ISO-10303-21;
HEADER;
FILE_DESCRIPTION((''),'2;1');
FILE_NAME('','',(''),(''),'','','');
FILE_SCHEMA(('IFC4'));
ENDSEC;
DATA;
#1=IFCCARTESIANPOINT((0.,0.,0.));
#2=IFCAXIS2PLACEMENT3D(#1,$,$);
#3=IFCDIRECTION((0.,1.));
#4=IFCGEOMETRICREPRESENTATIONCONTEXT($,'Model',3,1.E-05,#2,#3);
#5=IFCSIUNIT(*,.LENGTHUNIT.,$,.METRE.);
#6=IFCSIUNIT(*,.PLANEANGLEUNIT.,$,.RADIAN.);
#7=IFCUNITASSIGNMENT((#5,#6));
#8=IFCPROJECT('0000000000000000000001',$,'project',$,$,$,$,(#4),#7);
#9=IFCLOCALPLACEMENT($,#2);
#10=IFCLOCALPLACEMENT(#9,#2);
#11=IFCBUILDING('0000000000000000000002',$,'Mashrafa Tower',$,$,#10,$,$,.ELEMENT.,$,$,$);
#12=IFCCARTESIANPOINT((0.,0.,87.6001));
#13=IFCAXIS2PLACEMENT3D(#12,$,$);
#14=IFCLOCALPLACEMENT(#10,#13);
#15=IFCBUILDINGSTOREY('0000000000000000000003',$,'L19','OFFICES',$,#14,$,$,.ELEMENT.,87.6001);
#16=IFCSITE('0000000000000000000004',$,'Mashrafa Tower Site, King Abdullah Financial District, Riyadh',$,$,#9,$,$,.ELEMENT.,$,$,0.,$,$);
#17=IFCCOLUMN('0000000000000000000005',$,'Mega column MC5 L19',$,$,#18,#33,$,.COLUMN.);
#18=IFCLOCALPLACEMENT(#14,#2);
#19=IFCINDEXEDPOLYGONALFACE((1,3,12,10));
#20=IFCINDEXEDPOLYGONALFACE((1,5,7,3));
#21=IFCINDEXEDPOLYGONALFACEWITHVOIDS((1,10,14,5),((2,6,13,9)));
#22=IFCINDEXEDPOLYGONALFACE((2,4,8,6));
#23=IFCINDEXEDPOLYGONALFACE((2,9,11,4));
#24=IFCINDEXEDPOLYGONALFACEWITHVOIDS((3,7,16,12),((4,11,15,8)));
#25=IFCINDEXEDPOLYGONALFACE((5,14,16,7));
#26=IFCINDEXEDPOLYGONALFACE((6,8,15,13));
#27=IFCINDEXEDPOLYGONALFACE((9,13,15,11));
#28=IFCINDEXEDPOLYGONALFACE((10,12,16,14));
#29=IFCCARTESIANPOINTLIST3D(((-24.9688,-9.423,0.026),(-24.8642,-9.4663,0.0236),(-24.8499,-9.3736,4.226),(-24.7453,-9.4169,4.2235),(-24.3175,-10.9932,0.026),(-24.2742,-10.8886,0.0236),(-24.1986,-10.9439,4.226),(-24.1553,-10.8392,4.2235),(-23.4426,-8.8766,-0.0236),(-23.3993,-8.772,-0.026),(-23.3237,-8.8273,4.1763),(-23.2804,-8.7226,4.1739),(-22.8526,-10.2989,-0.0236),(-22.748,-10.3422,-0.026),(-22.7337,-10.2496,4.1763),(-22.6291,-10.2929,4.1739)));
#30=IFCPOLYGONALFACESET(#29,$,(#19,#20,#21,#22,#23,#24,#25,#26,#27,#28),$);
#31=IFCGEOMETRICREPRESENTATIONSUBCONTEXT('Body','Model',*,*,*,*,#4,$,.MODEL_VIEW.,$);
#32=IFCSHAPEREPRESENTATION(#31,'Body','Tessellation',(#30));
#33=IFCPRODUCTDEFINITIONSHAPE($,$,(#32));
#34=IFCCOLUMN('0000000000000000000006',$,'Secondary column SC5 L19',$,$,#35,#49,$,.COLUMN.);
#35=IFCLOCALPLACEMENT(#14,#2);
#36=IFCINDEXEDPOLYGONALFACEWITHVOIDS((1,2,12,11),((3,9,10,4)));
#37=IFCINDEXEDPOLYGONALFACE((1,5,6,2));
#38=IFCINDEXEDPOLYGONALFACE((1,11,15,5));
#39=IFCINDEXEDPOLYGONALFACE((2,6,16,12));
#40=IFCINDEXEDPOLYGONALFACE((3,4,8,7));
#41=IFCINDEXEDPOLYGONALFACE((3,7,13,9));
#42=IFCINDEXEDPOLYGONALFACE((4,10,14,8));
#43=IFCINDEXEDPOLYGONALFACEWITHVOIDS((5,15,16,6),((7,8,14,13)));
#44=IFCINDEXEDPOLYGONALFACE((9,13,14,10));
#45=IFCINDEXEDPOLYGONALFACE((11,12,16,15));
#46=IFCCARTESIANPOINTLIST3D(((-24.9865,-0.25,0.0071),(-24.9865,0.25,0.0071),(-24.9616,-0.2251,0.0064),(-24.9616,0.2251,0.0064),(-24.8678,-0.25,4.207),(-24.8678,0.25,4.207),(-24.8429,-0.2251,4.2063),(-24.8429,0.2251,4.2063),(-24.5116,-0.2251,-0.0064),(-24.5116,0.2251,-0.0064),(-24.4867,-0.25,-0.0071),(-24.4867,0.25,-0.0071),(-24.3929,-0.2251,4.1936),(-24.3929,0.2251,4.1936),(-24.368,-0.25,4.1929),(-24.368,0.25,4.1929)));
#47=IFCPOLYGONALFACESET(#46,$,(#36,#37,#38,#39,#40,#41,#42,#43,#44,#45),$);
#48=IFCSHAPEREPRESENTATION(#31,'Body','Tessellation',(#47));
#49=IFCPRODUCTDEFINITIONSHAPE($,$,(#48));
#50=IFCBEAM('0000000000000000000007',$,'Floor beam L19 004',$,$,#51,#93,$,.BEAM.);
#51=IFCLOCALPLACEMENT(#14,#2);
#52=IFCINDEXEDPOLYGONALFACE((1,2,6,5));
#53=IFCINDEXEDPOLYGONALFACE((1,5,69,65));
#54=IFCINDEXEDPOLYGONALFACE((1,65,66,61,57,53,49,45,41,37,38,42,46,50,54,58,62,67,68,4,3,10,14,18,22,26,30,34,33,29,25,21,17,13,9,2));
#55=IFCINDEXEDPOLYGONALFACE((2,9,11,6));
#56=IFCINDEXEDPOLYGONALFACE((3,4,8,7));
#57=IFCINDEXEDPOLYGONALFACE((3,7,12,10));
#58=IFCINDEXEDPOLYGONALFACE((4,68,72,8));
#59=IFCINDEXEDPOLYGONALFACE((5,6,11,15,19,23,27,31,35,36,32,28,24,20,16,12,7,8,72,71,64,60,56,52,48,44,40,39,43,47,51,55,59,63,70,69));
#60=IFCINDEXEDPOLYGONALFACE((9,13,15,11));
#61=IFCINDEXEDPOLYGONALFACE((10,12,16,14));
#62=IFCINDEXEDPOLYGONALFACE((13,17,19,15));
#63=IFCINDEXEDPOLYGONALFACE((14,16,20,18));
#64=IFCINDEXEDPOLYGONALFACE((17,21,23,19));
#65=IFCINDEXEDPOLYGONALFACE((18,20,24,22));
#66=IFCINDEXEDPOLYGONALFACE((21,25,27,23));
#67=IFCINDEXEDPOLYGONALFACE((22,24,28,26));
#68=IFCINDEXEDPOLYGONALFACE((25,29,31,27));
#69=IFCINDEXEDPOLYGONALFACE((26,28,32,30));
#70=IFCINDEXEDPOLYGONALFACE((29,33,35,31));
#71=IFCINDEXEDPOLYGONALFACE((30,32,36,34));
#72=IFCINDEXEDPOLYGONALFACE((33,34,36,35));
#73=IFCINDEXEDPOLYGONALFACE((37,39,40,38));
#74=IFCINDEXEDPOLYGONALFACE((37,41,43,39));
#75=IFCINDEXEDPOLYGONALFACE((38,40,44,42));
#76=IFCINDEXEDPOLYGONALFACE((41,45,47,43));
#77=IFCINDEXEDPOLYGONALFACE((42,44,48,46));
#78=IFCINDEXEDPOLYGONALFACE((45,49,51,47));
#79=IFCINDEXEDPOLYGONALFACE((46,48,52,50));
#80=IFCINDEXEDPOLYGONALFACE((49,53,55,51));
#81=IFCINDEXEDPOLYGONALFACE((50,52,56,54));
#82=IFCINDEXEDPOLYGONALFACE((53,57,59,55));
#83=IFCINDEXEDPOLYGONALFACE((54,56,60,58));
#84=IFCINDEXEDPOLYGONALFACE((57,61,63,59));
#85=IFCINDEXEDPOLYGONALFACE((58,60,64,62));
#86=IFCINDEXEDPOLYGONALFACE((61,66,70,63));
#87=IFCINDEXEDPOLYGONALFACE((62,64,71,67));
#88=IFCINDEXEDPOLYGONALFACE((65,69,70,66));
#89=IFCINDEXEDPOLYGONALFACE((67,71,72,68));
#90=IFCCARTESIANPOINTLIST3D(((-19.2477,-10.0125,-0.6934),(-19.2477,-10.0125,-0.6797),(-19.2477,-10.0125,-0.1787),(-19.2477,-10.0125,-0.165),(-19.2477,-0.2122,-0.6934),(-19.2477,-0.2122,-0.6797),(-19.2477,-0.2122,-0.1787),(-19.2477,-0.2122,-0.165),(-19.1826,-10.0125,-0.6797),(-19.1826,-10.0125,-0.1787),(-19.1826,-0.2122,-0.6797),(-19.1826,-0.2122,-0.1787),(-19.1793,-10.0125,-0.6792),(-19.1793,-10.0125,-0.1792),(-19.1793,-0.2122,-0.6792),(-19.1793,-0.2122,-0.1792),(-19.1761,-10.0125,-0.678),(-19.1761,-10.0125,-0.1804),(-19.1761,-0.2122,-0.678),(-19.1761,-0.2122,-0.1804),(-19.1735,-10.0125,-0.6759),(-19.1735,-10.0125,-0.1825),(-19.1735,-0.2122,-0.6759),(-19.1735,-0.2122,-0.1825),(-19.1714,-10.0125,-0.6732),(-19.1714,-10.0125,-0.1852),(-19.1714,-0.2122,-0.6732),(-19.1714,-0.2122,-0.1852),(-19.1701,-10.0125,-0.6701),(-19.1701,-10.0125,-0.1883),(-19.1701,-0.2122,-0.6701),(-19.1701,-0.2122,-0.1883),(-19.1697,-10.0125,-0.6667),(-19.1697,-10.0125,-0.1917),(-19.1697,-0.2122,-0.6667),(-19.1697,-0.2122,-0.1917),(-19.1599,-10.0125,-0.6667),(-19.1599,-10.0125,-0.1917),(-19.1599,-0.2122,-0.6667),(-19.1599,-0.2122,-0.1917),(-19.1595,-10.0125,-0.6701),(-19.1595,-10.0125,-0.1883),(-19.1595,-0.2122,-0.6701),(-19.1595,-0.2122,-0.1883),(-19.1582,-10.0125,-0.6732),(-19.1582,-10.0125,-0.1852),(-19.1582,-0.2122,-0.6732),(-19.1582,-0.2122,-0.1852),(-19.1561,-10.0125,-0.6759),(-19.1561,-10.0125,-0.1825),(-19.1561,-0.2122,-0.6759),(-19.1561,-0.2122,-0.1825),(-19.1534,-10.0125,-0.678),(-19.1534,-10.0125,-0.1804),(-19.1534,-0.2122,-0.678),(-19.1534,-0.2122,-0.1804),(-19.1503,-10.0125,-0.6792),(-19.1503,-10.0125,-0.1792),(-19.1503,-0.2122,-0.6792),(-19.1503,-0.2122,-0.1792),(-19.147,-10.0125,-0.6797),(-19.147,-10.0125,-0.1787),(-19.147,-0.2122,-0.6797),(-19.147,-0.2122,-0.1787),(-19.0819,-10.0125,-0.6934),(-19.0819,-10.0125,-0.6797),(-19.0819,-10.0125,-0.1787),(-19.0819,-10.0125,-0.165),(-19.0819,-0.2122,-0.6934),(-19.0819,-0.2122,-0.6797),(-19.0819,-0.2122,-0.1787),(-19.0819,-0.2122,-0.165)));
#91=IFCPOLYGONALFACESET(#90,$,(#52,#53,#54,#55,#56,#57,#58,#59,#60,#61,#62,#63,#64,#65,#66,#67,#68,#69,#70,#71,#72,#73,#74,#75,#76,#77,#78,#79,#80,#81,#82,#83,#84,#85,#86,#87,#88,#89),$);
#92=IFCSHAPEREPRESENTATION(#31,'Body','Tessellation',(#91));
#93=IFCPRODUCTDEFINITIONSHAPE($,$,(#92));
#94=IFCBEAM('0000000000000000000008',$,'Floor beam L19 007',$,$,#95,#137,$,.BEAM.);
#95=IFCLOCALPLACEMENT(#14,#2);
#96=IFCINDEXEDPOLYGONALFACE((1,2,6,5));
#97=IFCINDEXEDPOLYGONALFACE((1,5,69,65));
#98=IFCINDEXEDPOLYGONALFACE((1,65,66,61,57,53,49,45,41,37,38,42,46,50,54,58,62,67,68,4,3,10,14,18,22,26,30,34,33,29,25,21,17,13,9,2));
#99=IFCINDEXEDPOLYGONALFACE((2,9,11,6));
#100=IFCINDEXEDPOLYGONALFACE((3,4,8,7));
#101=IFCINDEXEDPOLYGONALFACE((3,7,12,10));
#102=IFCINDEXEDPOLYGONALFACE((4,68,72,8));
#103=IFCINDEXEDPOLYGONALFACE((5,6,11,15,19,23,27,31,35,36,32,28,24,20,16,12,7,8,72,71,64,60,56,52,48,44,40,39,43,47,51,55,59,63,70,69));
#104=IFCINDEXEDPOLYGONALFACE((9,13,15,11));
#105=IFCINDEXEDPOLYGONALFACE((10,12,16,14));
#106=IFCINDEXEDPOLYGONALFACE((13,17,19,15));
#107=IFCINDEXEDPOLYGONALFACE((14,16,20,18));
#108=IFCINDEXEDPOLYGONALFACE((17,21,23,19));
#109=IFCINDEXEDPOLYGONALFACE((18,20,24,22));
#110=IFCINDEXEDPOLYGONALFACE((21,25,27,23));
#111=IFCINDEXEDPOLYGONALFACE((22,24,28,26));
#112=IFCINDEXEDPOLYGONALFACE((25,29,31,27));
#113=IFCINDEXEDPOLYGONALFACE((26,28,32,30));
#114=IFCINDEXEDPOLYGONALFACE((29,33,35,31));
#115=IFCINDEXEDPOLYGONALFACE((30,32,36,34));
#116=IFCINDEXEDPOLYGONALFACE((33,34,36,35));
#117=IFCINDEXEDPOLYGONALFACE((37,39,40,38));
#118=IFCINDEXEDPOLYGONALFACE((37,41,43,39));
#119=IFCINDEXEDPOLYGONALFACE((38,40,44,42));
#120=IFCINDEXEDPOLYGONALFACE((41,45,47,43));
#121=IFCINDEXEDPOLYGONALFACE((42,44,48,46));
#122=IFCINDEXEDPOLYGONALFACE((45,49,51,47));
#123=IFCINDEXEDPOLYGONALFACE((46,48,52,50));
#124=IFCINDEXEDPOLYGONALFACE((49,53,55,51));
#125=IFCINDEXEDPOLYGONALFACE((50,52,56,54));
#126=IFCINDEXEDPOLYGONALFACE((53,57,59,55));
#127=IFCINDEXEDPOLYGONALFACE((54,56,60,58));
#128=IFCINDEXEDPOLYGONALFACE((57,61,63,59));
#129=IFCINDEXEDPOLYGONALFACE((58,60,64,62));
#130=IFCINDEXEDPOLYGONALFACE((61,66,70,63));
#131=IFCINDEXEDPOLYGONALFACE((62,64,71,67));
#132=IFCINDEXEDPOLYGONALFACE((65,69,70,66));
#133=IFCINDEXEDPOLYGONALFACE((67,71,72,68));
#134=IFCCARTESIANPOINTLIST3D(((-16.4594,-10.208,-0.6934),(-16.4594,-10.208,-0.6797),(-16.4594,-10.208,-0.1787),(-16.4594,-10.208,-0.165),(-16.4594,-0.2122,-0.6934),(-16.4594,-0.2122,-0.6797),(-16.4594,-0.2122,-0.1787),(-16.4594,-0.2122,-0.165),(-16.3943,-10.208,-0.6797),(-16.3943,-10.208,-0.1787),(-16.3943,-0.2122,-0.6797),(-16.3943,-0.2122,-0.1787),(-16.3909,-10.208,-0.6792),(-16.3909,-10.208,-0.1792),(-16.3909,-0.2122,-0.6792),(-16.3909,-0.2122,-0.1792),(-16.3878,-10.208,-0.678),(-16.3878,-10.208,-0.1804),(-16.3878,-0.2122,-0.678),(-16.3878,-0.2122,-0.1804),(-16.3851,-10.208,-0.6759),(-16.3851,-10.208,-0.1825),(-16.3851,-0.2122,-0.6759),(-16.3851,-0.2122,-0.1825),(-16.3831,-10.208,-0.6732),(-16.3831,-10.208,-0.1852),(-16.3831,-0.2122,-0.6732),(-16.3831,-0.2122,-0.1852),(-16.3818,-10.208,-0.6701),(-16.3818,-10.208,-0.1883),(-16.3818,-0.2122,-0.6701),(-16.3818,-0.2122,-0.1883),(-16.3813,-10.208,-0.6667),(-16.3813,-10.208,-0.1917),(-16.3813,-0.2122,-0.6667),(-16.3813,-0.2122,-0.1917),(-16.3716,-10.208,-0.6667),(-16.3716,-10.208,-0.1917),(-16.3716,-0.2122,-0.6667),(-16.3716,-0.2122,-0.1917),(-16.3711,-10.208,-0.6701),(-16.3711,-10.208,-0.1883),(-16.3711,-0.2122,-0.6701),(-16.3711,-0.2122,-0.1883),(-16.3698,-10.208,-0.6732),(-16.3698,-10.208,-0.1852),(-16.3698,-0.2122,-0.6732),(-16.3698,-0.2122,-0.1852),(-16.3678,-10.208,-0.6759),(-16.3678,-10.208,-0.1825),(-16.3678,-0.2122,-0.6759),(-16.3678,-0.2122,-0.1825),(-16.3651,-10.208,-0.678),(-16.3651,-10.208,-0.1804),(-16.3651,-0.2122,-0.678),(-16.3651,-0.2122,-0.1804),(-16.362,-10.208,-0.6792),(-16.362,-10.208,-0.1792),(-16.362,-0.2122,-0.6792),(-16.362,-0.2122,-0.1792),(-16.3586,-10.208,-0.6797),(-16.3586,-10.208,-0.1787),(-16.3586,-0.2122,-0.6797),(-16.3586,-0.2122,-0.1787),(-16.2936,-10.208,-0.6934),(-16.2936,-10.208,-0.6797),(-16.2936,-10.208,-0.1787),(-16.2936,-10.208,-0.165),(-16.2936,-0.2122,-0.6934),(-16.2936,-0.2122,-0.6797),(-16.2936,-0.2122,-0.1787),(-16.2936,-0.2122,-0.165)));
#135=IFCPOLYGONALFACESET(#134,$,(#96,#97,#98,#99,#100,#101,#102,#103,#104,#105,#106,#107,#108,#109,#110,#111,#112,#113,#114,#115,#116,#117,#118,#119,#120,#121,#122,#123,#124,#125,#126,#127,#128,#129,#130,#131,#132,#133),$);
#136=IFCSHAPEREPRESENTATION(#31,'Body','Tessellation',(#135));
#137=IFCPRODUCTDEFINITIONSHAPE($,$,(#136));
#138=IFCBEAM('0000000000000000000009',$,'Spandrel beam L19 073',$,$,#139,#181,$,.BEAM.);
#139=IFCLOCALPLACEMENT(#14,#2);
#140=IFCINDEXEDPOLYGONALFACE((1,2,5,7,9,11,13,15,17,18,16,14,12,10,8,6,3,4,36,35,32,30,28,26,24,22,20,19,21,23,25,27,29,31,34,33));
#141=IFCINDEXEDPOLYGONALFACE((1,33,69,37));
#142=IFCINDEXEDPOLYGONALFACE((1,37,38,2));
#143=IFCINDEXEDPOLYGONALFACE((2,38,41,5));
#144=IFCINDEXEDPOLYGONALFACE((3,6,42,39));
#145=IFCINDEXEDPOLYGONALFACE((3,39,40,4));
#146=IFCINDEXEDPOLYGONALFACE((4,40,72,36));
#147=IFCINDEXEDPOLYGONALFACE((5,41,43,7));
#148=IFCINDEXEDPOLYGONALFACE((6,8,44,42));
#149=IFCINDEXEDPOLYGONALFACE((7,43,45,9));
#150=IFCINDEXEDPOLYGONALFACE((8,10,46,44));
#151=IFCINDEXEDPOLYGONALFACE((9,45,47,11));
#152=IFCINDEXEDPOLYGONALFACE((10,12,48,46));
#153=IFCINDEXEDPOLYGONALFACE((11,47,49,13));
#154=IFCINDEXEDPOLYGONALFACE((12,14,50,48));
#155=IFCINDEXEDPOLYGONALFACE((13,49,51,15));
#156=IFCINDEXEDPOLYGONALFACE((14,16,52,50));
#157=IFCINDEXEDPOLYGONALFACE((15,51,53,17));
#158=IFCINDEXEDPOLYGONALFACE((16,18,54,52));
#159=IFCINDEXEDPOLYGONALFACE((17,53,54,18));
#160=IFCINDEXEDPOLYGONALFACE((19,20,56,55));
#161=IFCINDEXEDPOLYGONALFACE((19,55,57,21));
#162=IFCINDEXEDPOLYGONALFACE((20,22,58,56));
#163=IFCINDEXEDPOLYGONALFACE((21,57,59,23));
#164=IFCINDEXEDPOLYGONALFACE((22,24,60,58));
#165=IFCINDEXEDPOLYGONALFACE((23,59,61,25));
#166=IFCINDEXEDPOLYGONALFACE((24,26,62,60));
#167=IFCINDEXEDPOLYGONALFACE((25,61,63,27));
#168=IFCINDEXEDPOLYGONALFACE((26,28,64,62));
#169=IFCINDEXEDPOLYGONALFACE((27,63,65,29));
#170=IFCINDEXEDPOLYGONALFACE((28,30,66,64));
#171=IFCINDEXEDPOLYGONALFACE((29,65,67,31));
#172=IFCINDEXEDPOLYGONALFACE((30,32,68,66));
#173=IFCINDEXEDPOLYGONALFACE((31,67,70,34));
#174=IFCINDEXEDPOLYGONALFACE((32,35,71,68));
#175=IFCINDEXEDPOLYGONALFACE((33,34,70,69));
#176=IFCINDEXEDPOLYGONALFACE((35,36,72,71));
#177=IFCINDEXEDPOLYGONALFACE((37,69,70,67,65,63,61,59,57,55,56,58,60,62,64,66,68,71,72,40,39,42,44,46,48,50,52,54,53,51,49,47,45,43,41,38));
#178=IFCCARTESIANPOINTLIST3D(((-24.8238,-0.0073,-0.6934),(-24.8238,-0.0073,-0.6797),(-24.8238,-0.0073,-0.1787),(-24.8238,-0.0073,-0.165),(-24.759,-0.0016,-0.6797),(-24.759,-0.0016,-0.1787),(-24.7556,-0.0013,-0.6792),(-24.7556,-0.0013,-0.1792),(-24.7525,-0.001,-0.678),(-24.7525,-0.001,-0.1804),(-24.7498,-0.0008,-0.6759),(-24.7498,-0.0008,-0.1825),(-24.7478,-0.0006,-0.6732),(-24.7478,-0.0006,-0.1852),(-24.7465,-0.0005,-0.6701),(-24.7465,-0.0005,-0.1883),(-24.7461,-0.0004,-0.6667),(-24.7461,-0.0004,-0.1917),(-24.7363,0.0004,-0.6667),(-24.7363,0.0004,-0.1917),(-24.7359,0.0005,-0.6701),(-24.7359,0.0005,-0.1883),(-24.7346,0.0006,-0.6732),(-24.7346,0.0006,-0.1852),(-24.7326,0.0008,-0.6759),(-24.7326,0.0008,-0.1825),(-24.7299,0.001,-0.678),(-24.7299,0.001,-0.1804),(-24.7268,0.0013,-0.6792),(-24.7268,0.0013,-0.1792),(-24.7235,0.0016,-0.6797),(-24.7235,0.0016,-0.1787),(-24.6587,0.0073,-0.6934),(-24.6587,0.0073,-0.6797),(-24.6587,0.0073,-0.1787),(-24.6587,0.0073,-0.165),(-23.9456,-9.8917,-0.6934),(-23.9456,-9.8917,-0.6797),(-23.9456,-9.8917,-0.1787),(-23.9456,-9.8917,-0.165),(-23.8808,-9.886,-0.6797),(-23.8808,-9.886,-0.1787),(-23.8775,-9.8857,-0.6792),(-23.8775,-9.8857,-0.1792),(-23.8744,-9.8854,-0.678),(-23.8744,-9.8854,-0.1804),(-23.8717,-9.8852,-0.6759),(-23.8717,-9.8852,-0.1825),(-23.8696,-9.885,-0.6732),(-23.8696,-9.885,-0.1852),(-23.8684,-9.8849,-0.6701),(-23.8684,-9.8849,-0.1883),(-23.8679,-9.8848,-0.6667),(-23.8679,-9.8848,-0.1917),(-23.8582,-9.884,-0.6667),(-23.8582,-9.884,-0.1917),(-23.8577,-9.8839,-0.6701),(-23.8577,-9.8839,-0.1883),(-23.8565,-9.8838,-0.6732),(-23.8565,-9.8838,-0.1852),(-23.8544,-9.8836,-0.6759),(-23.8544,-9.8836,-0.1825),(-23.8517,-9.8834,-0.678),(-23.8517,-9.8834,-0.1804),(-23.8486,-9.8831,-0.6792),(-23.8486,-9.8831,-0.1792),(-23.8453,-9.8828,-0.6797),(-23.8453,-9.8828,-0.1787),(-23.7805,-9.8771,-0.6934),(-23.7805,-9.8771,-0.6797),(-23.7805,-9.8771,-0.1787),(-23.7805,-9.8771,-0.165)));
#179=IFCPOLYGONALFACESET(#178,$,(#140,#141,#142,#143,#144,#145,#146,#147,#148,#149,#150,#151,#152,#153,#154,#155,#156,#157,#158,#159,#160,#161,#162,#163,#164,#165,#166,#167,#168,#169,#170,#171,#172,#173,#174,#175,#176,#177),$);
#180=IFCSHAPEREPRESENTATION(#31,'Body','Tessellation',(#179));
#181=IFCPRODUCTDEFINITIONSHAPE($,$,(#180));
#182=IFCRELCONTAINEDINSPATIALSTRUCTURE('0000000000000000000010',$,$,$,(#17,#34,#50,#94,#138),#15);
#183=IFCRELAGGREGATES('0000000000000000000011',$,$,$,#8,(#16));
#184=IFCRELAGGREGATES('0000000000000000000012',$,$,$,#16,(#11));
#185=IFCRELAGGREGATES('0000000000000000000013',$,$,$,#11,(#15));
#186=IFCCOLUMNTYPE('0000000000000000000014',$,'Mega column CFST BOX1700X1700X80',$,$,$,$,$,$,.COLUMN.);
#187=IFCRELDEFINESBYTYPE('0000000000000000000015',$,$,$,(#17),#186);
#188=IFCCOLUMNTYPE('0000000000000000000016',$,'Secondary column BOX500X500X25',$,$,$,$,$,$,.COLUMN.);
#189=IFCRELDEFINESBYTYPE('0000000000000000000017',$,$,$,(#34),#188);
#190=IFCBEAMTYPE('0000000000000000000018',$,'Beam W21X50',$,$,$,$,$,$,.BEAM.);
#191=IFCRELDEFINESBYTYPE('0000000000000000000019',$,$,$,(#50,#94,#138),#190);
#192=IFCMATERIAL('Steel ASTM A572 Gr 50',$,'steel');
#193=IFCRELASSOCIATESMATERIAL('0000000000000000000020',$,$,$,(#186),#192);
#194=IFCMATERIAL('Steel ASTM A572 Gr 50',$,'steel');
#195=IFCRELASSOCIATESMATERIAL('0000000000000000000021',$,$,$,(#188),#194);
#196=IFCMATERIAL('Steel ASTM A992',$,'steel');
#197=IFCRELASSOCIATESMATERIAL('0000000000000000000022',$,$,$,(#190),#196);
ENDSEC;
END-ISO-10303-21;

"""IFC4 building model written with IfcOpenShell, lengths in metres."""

from ifc_helpers import new_model, si_unit, direction, frame, origin, origin_2d, place, context, subcontext, project, spatial, hollow_rectangle, i_section, extrude, material, material_profile, profile_set, type_object, element, save


model = new_model("IFC4")

# Units and contexts
model_context = context("Model", 3, precision=1e-05, world=origin(), true_north=direction((0.0, 1.0)))
body_context = subcontext(model_context, "Body", "Model", "MODEL_VIEW")
ifc_project = project(units=[si_unit("LENGTHUNIT", "METRE"), si_unit("PLANEANGLEUNIT", "RADIAN")], contexts=[model_context])

# Site, building, storey
site_placement = place(None, origin())
site = spatial("IfcSite", under=ifc_project, at=site_placement, Name="Mashrafa Tower Site, King Abdullah Financial District, Riyadh", CompositionType="ELEMENT", RefElevation=0.0)
building_placement = place(site_placement, origin())
building = spatial("IfcBuilding", under=site, at=building_placement, Name="Mashrafa Tower", CompositionType="ELEMENT")
storey_placement = place(building_placement, frame((0.0, 0.0, 87.6001)))
storey = spatial("IfcBuildingStorey", under=building, at=storey_placement, Name="L19", Description="OFFICES", CompositionType="ELEMENT", Elevation=87.6001)

# Columns
ifc_material_1 = material(Name="Steel ASTM A572 Gr 50", Category="steel")
ifc_material_profile_1 = material_profile(ifc_material_1, hollow_rectangle(XDim=1.7, YDim=1.7, WallThickness=0.0801, at=origin_2d()), Name="BOX1700X1700X80")
ifc_profile_set_1 = profile_set([ifc_material_profile_1], Name="Steel ASTM A572 Gr 50")
column_type_1 = type_object("IfcColumnType", Name="Mega column CFST BOX1700X1700X80", PredefinedType="COLUMN", material=ifc_profile_set_1)
column_1_placement = place(storey_placement, frame((-23.8584, -9.8826, 0.0), z_axis=(0.028296, 0.011737, 0.999531), x_axis=(-0.383133, 0.923693, 0.0)))
element("IfcColumn", 1, at=column_1_placement, inside=storey, type_object=column_type_1, Name="Mega column MC5 L19", PredefinedType="COLUMN", context=body_context, shape_type="SweptSolid", body=[
    extrude(hollow_rectangle(XDim=1.7, YDim=1.7, WallThickness=0.0801, at=origin_2d()), origin(), (0.0, 0.0, 1.0), 4.2019),
])
ifc_material_2 = material(Name="Steel ASTM A572 Gr 50", Category="steel")
ifc_material_profile_2 = material_profile(ifc_material_2, hollow_rectangle(XDim=0.5, YDim=0.5, WallThickness=0.0249, at=origin_2d()), Name="BOX500X500X25")
ifc_profile_set_2 = profile_set([ifc_material_profile_2], Name="Steel ASTM A572 Gr 50")
column_type_2 = type_object("IfcColumnType", Name="Secondary column BOX500X500X25", PredefinedType="COLUMN", material=ifc_profile_set_2)
column_2_placement = place(storey_placement, frame((-24.7366, 0.0, 0.0), z_axis=(0.02824, 0.0, 0.999601), x_axis=(0.0, 1.0, 0.0)))
element("IfcColumn", 2, at=column_2_placement, inside=storey, type_object=column_type_2, Name="Secondary column SC5 L19", PredefinedType="COLUMN", context=body_context, shape_type="SweptSolid", body=[
    extrude(hollow_rectangle(XDim=0.5, YDim=0.5, WallThickness=0.0249, at=origin_2d()), origin(), (0.0, 0.0, 1.0), 4.2017),
])

# Beams
ifc_material_3 = material(Name="Steel ASTM A992", Category="steel")
ifc_material_profile_3 = material_profile(ifc_material_3, i_section(OverallWidth=0.1658, OverallDepth=0.5283, WebThickness=0.0098, FlangeThickness=0.0137, FilletRadius=0.0129, at=origin_2d()), Name="W21X50")
ifc_profile_set_3 = profile_set([ifc_material_profile_3], Name="Steel ASTM A992")
beam_type_1 = type_object("IfcBeamType", Name="Beam W21X50", PredefinedType="BEAM", material=ifc_profile_set_3)
beam_1_placement = place(storey_placement, frame((-19.1648, -10.0125, -0.4292), z_axis=(0.0, 1.0, 0.0), x_axis=(-1.0, 0.0, 0.0)))
element("IfcBeam", 3, at=beam_1_placement, inside=storey, type_object=beam_type_1, Name="Floor beam L19 004", PredefinedType="BEAM", context=body_context, shape_type="SweptSolid", body=[
    extrude(i_section(OverallWidth=0.1658, OverallDepth=0.5283, WebThickness=0.0098, FlangeThickness=0.0137, FilletRadius=0.0129, at=origin_2d()), origin(), (0.0, 0.0, 1.0), 9.8003),
])
beam_2_placement = place(storey_placement, frame((-16.3765, -10.208, -0.4292), z_axis=(0.0, 1.0, 0.0), x_axis=(-1.0, 0.0, 0.0)))
element("IfcBeam", 4, at=beam_2_placement, inside=storey, type_object=beam_type_1, Name="Floor beam L19 007", PredefinedType="BEAM", context=body_context, shape_type="SweptSolid", body=[
    extrude(i_section(OverallWidth=0.1658, OverallDepth=0.5283, WebThickness=0.0098, FlangeThickness=0.0137, FilletRadius=0.0129, at=origin_2d()), origin(), (0.0, 0.0, 1.0), 9.9958),
])
for number, where, z_axis, x_axis, name in (
    (5, (-24.7412, 0.0, -0.4292), (0.088495, -0.996077, 0.0), (0.996077, 0.088495, 0.0), "Spandrel beam L19 073"),
):
    element("IfcBeam", number, at=place(storey_placement, frame(where, z_axis=z_axis, x_axis=x_axis)), inside=storey, type_object=beam_type_1, Name=name, PredefinedType="BEAM", context=body_context, shape_type="SweptSolid", body=[
        extrude(i_section(OverallWidth=0.1658, OverallDepth=0.5283, WebThickness=0.0098, FlangeThickness=0.0137, FilletRadius=0.0129, at=origin_2d()), origin(), (0.0, 0.0, 1.0), 9.9233),
    ])

save(model, "model.ifc")
